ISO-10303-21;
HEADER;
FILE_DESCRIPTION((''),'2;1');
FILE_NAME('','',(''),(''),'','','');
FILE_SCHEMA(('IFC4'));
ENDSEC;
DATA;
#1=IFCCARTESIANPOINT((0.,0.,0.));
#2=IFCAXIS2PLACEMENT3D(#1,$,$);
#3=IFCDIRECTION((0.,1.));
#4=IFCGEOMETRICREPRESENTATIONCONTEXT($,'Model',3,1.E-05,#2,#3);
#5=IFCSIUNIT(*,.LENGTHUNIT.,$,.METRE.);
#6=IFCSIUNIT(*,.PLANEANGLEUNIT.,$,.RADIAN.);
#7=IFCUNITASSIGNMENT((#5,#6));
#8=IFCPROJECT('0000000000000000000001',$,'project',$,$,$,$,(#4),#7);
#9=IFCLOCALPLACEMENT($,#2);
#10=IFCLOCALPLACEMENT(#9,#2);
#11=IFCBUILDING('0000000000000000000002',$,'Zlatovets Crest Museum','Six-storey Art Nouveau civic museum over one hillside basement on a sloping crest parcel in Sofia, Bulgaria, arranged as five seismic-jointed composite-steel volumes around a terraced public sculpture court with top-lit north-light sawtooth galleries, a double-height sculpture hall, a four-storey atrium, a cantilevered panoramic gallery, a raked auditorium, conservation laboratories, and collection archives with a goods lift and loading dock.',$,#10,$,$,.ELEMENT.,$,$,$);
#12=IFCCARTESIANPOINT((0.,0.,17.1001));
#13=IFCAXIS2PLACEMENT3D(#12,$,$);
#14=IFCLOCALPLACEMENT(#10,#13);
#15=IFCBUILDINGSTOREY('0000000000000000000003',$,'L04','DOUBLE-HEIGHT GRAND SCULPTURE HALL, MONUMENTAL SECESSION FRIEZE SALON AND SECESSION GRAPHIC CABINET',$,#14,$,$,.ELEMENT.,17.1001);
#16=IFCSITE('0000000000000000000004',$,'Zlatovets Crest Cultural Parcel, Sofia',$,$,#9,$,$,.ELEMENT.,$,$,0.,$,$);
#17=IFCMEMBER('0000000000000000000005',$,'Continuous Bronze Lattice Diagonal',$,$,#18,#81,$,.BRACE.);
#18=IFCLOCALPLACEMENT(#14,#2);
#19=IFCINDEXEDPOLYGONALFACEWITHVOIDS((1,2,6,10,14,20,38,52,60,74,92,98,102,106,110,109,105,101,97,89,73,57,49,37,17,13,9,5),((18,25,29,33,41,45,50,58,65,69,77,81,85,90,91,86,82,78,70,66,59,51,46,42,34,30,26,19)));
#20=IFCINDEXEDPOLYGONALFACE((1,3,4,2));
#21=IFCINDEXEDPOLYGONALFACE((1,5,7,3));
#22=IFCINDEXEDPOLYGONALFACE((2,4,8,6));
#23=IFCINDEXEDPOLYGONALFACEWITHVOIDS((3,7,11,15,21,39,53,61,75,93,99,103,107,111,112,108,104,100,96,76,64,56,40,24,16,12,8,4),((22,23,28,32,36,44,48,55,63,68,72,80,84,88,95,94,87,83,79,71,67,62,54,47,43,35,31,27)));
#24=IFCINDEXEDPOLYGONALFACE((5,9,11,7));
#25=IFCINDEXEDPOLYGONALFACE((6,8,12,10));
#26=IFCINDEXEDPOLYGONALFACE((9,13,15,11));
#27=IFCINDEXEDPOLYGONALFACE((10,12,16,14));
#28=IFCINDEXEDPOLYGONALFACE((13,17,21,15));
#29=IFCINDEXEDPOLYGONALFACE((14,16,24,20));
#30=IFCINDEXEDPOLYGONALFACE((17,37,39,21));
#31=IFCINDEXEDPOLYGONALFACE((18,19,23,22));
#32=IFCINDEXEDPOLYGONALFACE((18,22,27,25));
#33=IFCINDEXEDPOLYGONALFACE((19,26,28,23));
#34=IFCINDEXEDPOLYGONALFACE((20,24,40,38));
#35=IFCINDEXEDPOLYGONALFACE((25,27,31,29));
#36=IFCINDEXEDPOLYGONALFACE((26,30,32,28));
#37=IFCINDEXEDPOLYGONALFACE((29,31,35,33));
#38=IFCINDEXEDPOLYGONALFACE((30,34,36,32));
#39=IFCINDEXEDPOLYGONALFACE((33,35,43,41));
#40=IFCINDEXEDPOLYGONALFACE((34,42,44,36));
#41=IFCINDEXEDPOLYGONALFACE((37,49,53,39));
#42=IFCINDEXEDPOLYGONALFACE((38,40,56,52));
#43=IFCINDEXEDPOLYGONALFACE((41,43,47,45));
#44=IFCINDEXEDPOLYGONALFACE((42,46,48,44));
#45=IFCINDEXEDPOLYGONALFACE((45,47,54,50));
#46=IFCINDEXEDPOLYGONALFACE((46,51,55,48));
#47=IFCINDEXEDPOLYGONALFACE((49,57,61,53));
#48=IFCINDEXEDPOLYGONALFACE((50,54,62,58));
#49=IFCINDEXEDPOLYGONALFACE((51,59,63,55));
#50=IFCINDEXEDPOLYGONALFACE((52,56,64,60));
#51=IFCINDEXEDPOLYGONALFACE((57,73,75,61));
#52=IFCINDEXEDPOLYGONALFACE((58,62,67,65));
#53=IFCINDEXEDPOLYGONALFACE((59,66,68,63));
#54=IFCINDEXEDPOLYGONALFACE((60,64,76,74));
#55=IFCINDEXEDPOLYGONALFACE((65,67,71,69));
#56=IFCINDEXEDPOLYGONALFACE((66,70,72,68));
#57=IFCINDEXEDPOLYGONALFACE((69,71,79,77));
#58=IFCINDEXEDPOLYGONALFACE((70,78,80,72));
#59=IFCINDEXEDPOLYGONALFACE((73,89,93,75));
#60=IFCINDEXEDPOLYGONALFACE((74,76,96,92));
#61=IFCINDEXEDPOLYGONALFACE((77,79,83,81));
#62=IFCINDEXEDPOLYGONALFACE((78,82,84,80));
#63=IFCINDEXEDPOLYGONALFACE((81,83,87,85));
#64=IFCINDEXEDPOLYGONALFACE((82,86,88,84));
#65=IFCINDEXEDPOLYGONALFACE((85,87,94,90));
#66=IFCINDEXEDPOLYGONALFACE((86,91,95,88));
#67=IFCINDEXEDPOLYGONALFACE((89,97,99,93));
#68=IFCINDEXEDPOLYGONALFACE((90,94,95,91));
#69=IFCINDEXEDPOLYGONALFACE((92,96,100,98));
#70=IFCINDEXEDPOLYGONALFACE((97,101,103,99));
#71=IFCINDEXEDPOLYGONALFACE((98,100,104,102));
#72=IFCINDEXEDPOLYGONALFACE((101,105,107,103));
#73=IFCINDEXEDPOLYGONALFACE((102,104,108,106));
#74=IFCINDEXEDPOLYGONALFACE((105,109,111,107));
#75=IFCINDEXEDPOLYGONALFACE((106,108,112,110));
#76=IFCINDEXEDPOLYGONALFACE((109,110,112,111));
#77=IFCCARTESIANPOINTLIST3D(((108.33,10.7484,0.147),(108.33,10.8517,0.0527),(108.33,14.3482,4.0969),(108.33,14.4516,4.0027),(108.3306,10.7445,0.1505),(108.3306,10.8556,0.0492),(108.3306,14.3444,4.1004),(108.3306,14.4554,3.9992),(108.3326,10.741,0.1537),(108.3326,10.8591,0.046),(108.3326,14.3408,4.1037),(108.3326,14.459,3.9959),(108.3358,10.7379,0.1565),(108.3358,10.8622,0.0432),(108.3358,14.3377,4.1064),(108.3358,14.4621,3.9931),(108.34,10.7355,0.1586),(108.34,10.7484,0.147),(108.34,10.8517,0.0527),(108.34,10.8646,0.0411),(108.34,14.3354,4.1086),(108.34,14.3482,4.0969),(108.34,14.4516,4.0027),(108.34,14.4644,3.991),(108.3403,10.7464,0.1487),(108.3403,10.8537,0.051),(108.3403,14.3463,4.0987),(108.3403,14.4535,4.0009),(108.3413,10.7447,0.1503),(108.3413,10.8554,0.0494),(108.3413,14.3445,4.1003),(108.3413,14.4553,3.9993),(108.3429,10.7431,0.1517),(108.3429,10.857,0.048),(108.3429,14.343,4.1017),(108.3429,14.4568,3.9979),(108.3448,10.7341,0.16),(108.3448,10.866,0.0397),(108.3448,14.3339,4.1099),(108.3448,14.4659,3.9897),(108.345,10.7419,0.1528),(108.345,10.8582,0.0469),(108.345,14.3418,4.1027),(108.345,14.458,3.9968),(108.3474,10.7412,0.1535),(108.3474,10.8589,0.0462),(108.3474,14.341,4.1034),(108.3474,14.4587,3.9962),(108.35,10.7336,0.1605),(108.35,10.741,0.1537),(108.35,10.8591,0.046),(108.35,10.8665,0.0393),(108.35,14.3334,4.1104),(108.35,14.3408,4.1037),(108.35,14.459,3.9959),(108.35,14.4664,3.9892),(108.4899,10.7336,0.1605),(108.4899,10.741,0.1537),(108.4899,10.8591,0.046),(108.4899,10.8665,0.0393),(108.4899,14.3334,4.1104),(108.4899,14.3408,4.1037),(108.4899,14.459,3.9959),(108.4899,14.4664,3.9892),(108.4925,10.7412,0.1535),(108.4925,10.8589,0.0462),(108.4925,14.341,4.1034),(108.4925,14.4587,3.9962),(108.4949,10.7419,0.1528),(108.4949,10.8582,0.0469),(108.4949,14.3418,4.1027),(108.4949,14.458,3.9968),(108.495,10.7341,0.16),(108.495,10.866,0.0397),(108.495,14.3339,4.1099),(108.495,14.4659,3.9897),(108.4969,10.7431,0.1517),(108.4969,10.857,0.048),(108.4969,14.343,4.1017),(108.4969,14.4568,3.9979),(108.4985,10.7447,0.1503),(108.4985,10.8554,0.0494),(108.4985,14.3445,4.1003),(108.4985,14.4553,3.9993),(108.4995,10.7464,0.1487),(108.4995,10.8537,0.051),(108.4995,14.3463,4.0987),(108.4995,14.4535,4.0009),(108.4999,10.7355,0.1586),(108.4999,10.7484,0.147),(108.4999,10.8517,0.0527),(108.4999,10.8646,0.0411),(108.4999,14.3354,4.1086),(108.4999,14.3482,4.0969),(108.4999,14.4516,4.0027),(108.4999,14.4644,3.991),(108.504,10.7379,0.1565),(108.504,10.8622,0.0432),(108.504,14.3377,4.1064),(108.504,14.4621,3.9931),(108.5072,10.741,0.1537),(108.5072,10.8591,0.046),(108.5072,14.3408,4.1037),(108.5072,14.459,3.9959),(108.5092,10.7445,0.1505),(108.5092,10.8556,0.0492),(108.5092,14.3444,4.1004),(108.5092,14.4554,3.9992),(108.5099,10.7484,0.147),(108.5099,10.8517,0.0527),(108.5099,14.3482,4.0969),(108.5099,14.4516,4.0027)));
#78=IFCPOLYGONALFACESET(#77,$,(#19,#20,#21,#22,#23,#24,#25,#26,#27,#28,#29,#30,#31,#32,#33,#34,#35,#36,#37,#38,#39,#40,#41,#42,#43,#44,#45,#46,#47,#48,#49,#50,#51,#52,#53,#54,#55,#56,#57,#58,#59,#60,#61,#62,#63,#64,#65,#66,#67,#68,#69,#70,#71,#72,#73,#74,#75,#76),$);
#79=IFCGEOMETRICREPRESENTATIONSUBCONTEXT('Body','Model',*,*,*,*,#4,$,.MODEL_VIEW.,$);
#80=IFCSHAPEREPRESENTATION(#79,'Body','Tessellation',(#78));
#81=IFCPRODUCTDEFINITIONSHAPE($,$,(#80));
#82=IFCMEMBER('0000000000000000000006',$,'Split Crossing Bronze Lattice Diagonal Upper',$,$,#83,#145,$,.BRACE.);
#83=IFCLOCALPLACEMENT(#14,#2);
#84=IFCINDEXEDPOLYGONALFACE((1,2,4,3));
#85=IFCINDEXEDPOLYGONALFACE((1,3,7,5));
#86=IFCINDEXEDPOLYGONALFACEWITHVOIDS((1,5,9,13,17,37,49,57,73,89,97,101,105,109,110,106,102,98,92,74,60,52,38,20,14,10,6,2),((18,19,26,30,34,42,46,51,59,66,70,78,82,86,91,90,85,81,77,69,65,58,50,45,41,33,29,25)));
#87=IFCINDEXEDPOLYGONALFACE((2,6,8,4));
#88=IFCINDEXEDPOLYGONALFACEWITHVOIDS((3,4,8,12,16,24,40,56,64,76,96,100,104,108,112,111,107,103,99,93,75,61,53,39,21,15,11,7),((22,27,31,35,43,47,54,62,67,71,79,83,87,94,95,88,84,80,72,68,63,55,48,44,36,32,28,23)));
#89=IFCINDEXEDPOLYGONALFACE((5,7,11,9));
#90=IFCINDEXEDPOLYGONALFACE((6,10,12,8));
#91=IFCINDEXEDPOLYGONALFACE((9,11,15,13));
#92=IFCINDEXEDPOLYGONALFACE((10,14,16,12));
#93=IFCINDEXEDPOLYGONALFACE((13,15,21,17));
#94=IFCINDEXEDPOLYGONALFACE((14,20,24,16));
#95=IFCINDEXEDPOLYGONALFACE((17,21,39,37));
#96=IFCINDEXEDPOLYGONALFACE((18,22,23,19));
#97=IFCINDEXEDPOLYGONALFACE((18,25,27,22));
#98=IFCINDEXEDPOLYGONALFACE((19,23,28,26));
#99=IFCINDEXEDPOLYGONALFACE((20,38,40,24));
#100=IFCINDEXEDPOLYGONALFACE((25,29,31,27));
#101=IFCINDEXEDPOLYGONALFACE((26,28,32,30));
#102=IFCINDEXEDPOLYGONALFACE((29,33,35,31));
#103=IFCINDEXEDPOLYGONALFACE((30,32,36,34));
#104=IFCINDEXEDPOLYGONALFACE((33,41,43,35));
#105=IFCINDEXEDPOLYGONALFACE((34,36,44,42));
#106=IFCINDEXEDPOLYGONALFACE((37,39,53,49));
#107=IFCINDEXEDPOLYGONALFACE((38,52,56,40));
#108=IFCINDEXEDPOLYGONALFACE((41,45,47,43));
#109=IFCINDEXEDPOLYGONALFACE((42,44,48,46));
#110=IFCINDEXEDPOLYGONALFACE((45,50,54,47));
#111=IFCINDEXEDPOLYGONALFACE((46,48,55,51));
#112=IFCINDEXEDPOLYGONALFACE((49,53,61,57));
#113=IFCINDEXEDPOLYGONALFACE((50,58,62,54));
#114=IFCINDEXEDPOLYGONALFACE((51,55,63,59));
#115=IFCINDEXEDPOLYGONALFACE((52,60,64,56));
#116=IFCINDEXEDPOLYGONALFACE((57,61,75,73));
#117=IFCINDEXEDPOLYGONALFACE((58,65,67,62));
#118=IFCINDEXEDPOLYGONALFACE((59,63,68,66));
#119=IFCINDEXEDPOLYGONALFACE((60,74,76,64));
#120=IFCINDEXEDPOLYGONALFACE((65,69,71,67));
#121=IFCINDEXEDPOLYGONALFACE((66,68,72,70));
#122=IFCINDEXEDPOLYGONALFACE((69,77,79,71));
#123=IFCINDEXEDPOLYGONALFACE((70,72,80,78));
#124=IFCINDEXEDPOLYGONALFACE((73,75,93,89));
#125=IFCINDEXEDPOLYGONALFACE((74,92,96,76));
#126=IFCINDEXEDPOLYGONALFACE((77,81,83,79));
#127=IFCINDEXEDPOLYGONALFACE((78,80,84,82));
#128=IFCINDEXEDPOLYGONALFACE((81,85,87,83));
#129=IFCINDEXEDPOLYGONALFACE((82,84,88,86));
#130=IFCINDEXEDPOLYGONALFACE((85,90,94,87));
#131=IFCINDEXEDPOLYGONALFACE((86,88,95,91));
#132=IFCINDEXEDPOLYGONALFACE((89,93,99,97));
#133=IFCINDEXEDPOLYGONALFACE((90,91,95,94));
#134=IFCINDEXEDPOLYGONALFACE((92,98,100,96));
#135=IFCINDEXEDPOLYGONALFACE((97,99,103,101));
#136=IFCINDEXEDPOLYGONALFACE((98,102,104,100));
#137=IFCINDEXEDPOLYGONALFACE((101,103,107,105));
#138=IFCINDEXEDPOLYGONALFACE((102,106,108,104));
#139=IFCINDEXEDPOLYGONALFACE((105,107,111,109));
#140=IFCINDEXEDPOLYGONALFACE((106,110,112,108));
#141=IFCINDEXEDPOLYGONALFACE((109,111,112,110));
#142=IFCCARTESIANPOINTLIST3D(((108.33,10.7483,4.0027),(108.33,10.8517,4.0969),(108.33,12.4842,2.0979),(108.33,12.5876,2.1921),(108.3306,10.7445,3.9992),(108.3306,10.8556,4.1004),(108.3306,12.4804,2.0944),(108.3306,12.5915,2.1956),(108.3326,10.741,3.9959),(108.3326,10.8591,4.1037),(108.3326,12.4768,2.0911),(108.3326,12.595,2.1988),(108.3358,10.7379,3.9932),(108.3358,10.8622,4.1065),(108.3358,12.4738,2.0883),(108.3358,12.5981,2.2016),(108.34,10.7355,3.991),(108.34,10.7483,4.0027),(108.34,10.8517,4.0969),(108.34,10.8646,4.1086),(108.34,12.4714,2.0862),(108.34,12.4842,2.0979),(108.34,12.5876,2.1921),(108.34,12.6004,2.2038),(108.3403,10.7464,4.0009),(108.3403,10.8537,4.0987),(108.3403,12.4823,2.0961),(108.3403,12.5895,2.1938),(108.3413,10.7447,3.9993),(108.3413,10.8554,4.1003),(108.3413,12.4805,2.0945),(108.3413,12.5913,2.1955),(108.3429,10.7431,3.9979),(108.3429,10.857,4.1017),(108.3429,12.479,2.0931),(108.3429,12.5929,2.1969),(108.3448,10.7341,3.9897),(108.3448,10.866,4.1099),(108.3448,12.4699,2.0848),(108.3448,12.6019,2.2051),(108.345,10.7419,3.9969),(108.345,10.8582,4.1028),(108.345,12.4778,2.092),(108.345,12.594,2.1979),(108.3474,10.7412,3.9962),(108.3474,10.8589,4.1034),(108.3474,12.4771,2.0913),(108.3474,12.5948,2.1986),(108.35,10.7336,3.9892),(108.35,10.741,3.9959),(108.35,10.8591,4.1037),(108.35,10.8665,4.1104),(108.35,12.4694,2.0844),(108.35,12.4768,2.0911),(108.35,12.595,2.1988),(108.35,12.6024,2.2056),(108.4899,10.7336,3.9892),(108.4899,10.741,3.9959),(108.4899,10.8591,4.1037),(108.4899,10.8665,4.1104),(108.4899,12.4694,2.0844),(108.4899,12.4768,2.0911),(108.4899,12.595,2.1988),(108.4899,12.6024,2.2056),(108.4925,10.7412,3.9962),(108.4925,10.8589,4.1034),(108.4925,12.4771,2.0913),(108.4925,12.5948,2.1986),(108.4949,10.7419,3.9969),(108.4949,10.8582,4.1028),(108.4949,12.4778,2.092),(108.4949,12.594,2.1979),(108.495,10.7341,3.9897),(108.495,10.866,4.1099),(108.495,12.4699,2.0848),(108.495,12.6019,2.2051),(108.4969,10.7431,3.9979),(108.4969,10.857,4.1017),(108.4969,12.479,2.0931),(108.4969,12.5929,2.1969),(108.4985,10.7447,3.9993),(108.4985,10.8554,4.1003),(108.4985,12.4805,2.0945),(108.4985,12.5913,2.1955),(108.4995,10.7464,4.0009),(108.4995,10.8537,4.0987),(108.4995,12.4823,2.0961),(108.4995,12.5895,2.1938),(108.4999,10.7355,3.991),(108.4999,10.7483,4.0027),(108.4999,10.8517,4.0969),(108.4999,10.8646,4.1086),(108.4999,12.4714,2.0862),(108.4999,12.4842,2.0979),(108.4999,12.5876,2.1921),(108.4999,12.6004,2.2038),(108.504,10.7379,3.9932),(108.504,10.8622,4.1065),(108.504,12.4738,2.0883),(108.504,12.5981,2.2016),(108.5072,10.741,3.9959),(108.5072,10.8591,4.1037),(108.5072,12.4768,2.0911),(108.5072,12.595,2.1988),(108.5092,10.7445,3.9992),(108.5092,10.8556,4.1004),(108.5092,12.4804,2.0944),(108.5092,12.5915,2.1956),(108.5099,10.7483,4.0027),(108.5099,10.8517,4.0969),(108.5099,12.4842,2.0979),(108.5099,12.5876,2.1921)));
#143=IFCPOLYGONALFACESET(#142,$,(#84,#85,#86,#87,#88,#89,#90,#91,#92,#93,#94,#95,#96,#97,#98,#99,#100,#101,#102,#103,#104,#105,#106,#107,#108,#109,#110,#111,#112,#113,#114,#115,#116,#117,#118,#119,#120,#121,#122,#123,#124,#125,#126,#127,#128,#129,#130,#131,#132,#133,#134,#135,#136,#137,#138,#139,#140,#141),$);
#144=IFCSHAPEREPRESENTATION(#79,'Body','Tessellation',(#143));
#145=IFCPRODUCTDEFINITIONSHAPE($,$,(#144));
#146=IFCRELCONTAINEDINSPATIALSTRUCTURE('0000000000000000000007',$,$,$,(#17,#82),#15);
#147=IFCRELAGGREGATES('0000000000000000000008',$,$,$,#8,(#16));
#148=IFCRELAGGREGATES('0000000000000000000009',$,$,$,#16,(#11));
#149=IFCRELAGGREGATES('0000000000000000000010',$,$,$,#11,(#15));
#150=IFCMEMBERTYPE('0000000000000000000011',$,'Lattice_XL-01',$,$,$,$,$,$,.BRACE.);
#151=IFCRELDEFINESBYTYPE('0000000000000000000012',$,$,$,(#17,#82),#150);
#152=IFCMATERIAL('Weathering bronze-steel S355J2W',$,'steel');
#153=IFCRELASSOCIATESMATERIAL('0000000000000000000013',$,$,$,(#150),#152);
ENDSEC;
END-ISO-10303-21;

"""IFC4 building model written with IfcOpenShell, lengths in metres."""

from ifc_helpers import new_model, si_unit, direction, frame, origin, origin_2d, place, context, subcontext, project, spatial, hollow_rectangle, extrude, material, material_profile, profile_set, type_object, element, save


model = new_model("IFC4")

# Units and contexts
model_context = context("Model", 3, precision=1e-05, world=origin(), true_north=direction((0.0, 1.0)))
body_context = subcontext(model_context, "Body", "Model", "MODEL_VIEW")
ifc_project = project(units=[si_unit("LENGTHUNIT", "METRE"), si_unit("PLANEANGLEUNIT", "RADIAN")], contexts=[model_context])

# Site, building, storey
site_placement = place(None, origin())
site = spatial("IfcSite", under=ifc_project, at=site_placement, Name="Zlatovets Crest Cultural Parcel, Sofia", CompositionType="ELEMENT", RefElevation=0.0)
building_placement = place(site_placement, origin())
building = spatial("IfcBuilding", under=site, at=building_placement, Name="Zlatovets Crest Museum", Description="Six-storey Art Nouveau civic museum over one hillside basement on a sloping crest parcel in Sofia, Bulgaria, arranged as five seismic-jointed composite-steel volumes around a terraced public sculpture court with top-lit north-light sawtooth galleries, a double-height sculpture hall, a four-storey atrium, a cantilevered panoramic gallery, a raked auditorium, conservation laboratories, and collection archives with a goods lift and loading dock.", CompositionType="ELEMENT")
storey_placement = place(building_placement, frame((0.0, 0.0, 17.1001)))
storey = spatial("IfcBuildingStorey", under=building, at=storey_placement, Name="L04", Description="DOUBLE-HEIGHT GRAND SCULPTURE HALL, MONUMENTAL SECESSION FRIEZE SALON AND SECESSION GRAPHIC CABINET", CompositionType="ELEMENT", Elevation=17.1001)

# Members
ifc_material_1 = material(Name="Weathering bronze-steel S355J2W", Category="steel")
ifc_material_profile_1 = material_profile(ifc_material_1, hollow_rectangle(XDim=0.1799, YDim=0.1799, WallThickness=0.01, InnerFilletRadius=0.01, OuterFilletRadius=0.02, at=origin_2d()), Name="SHS 180x180x10.0")
ifc_profile_set_1 = profile_set([ifc_material_profile_1], Name="Weathering bronze-steel S355J2W")
member_type_1 = type_object("IfcMemberType", Name="Lattice_XL-01", PredefinedType="BRACE", material=ifc_profile_set_1)
member_1_placement = place(storey_placement, frame((108.4199, 10.8, 0.0999), z_axis=(0.0, 0.673593, 0.739102), x_axis=(-1.0, 0.0, 0.0)))
element("IfcMember", 1, at=member_1_placement, inside=storey, type_object=member_type_1, Name="Continuous Bronze Lattice Diagonal", PredefinedType="BRACE", context=body_context, shape_type="SweptSolid", body=[
    extrude(hollow_rectangle(XDim=0.1799, YDim=0.1799, WallThickness=0.01, InnerFilletRadius=0.01, OuterFilletRadius=0.02, at=origin_2d()), origin(), (0.0, 0.0, 1.0), 5.3442),
])
for number, where, z_axis, x_axis, name in (
    (2, (108.4199, 10.8, 4.0498), (0.0, 0.673568, -0.739125), (-1.0, 0.0, 0.0), "Split Crossing Bronze Lattice Diagonal Upper"),
):
    element("IfcMember", number, at=place(storey_placement, frame(where, z_axis=z_axis, x_axis=x_axis)), inside=storey, type_object=member_type_1, Name=name, PredefinedType="BRACE", context=body_context, shape_type="SweptSolid", body=[
        extrude(hollow_rectangle(XDim=0.1799, YDim=0.1799, WallThickness=0.01, InnerFilletRadius=0.01, OuterFilletRadius=0.02, at=origin_2d()), origin(), (0.0, 0.0, 1.0), 2.5771),
    ])

save(model, "model.ifc")
